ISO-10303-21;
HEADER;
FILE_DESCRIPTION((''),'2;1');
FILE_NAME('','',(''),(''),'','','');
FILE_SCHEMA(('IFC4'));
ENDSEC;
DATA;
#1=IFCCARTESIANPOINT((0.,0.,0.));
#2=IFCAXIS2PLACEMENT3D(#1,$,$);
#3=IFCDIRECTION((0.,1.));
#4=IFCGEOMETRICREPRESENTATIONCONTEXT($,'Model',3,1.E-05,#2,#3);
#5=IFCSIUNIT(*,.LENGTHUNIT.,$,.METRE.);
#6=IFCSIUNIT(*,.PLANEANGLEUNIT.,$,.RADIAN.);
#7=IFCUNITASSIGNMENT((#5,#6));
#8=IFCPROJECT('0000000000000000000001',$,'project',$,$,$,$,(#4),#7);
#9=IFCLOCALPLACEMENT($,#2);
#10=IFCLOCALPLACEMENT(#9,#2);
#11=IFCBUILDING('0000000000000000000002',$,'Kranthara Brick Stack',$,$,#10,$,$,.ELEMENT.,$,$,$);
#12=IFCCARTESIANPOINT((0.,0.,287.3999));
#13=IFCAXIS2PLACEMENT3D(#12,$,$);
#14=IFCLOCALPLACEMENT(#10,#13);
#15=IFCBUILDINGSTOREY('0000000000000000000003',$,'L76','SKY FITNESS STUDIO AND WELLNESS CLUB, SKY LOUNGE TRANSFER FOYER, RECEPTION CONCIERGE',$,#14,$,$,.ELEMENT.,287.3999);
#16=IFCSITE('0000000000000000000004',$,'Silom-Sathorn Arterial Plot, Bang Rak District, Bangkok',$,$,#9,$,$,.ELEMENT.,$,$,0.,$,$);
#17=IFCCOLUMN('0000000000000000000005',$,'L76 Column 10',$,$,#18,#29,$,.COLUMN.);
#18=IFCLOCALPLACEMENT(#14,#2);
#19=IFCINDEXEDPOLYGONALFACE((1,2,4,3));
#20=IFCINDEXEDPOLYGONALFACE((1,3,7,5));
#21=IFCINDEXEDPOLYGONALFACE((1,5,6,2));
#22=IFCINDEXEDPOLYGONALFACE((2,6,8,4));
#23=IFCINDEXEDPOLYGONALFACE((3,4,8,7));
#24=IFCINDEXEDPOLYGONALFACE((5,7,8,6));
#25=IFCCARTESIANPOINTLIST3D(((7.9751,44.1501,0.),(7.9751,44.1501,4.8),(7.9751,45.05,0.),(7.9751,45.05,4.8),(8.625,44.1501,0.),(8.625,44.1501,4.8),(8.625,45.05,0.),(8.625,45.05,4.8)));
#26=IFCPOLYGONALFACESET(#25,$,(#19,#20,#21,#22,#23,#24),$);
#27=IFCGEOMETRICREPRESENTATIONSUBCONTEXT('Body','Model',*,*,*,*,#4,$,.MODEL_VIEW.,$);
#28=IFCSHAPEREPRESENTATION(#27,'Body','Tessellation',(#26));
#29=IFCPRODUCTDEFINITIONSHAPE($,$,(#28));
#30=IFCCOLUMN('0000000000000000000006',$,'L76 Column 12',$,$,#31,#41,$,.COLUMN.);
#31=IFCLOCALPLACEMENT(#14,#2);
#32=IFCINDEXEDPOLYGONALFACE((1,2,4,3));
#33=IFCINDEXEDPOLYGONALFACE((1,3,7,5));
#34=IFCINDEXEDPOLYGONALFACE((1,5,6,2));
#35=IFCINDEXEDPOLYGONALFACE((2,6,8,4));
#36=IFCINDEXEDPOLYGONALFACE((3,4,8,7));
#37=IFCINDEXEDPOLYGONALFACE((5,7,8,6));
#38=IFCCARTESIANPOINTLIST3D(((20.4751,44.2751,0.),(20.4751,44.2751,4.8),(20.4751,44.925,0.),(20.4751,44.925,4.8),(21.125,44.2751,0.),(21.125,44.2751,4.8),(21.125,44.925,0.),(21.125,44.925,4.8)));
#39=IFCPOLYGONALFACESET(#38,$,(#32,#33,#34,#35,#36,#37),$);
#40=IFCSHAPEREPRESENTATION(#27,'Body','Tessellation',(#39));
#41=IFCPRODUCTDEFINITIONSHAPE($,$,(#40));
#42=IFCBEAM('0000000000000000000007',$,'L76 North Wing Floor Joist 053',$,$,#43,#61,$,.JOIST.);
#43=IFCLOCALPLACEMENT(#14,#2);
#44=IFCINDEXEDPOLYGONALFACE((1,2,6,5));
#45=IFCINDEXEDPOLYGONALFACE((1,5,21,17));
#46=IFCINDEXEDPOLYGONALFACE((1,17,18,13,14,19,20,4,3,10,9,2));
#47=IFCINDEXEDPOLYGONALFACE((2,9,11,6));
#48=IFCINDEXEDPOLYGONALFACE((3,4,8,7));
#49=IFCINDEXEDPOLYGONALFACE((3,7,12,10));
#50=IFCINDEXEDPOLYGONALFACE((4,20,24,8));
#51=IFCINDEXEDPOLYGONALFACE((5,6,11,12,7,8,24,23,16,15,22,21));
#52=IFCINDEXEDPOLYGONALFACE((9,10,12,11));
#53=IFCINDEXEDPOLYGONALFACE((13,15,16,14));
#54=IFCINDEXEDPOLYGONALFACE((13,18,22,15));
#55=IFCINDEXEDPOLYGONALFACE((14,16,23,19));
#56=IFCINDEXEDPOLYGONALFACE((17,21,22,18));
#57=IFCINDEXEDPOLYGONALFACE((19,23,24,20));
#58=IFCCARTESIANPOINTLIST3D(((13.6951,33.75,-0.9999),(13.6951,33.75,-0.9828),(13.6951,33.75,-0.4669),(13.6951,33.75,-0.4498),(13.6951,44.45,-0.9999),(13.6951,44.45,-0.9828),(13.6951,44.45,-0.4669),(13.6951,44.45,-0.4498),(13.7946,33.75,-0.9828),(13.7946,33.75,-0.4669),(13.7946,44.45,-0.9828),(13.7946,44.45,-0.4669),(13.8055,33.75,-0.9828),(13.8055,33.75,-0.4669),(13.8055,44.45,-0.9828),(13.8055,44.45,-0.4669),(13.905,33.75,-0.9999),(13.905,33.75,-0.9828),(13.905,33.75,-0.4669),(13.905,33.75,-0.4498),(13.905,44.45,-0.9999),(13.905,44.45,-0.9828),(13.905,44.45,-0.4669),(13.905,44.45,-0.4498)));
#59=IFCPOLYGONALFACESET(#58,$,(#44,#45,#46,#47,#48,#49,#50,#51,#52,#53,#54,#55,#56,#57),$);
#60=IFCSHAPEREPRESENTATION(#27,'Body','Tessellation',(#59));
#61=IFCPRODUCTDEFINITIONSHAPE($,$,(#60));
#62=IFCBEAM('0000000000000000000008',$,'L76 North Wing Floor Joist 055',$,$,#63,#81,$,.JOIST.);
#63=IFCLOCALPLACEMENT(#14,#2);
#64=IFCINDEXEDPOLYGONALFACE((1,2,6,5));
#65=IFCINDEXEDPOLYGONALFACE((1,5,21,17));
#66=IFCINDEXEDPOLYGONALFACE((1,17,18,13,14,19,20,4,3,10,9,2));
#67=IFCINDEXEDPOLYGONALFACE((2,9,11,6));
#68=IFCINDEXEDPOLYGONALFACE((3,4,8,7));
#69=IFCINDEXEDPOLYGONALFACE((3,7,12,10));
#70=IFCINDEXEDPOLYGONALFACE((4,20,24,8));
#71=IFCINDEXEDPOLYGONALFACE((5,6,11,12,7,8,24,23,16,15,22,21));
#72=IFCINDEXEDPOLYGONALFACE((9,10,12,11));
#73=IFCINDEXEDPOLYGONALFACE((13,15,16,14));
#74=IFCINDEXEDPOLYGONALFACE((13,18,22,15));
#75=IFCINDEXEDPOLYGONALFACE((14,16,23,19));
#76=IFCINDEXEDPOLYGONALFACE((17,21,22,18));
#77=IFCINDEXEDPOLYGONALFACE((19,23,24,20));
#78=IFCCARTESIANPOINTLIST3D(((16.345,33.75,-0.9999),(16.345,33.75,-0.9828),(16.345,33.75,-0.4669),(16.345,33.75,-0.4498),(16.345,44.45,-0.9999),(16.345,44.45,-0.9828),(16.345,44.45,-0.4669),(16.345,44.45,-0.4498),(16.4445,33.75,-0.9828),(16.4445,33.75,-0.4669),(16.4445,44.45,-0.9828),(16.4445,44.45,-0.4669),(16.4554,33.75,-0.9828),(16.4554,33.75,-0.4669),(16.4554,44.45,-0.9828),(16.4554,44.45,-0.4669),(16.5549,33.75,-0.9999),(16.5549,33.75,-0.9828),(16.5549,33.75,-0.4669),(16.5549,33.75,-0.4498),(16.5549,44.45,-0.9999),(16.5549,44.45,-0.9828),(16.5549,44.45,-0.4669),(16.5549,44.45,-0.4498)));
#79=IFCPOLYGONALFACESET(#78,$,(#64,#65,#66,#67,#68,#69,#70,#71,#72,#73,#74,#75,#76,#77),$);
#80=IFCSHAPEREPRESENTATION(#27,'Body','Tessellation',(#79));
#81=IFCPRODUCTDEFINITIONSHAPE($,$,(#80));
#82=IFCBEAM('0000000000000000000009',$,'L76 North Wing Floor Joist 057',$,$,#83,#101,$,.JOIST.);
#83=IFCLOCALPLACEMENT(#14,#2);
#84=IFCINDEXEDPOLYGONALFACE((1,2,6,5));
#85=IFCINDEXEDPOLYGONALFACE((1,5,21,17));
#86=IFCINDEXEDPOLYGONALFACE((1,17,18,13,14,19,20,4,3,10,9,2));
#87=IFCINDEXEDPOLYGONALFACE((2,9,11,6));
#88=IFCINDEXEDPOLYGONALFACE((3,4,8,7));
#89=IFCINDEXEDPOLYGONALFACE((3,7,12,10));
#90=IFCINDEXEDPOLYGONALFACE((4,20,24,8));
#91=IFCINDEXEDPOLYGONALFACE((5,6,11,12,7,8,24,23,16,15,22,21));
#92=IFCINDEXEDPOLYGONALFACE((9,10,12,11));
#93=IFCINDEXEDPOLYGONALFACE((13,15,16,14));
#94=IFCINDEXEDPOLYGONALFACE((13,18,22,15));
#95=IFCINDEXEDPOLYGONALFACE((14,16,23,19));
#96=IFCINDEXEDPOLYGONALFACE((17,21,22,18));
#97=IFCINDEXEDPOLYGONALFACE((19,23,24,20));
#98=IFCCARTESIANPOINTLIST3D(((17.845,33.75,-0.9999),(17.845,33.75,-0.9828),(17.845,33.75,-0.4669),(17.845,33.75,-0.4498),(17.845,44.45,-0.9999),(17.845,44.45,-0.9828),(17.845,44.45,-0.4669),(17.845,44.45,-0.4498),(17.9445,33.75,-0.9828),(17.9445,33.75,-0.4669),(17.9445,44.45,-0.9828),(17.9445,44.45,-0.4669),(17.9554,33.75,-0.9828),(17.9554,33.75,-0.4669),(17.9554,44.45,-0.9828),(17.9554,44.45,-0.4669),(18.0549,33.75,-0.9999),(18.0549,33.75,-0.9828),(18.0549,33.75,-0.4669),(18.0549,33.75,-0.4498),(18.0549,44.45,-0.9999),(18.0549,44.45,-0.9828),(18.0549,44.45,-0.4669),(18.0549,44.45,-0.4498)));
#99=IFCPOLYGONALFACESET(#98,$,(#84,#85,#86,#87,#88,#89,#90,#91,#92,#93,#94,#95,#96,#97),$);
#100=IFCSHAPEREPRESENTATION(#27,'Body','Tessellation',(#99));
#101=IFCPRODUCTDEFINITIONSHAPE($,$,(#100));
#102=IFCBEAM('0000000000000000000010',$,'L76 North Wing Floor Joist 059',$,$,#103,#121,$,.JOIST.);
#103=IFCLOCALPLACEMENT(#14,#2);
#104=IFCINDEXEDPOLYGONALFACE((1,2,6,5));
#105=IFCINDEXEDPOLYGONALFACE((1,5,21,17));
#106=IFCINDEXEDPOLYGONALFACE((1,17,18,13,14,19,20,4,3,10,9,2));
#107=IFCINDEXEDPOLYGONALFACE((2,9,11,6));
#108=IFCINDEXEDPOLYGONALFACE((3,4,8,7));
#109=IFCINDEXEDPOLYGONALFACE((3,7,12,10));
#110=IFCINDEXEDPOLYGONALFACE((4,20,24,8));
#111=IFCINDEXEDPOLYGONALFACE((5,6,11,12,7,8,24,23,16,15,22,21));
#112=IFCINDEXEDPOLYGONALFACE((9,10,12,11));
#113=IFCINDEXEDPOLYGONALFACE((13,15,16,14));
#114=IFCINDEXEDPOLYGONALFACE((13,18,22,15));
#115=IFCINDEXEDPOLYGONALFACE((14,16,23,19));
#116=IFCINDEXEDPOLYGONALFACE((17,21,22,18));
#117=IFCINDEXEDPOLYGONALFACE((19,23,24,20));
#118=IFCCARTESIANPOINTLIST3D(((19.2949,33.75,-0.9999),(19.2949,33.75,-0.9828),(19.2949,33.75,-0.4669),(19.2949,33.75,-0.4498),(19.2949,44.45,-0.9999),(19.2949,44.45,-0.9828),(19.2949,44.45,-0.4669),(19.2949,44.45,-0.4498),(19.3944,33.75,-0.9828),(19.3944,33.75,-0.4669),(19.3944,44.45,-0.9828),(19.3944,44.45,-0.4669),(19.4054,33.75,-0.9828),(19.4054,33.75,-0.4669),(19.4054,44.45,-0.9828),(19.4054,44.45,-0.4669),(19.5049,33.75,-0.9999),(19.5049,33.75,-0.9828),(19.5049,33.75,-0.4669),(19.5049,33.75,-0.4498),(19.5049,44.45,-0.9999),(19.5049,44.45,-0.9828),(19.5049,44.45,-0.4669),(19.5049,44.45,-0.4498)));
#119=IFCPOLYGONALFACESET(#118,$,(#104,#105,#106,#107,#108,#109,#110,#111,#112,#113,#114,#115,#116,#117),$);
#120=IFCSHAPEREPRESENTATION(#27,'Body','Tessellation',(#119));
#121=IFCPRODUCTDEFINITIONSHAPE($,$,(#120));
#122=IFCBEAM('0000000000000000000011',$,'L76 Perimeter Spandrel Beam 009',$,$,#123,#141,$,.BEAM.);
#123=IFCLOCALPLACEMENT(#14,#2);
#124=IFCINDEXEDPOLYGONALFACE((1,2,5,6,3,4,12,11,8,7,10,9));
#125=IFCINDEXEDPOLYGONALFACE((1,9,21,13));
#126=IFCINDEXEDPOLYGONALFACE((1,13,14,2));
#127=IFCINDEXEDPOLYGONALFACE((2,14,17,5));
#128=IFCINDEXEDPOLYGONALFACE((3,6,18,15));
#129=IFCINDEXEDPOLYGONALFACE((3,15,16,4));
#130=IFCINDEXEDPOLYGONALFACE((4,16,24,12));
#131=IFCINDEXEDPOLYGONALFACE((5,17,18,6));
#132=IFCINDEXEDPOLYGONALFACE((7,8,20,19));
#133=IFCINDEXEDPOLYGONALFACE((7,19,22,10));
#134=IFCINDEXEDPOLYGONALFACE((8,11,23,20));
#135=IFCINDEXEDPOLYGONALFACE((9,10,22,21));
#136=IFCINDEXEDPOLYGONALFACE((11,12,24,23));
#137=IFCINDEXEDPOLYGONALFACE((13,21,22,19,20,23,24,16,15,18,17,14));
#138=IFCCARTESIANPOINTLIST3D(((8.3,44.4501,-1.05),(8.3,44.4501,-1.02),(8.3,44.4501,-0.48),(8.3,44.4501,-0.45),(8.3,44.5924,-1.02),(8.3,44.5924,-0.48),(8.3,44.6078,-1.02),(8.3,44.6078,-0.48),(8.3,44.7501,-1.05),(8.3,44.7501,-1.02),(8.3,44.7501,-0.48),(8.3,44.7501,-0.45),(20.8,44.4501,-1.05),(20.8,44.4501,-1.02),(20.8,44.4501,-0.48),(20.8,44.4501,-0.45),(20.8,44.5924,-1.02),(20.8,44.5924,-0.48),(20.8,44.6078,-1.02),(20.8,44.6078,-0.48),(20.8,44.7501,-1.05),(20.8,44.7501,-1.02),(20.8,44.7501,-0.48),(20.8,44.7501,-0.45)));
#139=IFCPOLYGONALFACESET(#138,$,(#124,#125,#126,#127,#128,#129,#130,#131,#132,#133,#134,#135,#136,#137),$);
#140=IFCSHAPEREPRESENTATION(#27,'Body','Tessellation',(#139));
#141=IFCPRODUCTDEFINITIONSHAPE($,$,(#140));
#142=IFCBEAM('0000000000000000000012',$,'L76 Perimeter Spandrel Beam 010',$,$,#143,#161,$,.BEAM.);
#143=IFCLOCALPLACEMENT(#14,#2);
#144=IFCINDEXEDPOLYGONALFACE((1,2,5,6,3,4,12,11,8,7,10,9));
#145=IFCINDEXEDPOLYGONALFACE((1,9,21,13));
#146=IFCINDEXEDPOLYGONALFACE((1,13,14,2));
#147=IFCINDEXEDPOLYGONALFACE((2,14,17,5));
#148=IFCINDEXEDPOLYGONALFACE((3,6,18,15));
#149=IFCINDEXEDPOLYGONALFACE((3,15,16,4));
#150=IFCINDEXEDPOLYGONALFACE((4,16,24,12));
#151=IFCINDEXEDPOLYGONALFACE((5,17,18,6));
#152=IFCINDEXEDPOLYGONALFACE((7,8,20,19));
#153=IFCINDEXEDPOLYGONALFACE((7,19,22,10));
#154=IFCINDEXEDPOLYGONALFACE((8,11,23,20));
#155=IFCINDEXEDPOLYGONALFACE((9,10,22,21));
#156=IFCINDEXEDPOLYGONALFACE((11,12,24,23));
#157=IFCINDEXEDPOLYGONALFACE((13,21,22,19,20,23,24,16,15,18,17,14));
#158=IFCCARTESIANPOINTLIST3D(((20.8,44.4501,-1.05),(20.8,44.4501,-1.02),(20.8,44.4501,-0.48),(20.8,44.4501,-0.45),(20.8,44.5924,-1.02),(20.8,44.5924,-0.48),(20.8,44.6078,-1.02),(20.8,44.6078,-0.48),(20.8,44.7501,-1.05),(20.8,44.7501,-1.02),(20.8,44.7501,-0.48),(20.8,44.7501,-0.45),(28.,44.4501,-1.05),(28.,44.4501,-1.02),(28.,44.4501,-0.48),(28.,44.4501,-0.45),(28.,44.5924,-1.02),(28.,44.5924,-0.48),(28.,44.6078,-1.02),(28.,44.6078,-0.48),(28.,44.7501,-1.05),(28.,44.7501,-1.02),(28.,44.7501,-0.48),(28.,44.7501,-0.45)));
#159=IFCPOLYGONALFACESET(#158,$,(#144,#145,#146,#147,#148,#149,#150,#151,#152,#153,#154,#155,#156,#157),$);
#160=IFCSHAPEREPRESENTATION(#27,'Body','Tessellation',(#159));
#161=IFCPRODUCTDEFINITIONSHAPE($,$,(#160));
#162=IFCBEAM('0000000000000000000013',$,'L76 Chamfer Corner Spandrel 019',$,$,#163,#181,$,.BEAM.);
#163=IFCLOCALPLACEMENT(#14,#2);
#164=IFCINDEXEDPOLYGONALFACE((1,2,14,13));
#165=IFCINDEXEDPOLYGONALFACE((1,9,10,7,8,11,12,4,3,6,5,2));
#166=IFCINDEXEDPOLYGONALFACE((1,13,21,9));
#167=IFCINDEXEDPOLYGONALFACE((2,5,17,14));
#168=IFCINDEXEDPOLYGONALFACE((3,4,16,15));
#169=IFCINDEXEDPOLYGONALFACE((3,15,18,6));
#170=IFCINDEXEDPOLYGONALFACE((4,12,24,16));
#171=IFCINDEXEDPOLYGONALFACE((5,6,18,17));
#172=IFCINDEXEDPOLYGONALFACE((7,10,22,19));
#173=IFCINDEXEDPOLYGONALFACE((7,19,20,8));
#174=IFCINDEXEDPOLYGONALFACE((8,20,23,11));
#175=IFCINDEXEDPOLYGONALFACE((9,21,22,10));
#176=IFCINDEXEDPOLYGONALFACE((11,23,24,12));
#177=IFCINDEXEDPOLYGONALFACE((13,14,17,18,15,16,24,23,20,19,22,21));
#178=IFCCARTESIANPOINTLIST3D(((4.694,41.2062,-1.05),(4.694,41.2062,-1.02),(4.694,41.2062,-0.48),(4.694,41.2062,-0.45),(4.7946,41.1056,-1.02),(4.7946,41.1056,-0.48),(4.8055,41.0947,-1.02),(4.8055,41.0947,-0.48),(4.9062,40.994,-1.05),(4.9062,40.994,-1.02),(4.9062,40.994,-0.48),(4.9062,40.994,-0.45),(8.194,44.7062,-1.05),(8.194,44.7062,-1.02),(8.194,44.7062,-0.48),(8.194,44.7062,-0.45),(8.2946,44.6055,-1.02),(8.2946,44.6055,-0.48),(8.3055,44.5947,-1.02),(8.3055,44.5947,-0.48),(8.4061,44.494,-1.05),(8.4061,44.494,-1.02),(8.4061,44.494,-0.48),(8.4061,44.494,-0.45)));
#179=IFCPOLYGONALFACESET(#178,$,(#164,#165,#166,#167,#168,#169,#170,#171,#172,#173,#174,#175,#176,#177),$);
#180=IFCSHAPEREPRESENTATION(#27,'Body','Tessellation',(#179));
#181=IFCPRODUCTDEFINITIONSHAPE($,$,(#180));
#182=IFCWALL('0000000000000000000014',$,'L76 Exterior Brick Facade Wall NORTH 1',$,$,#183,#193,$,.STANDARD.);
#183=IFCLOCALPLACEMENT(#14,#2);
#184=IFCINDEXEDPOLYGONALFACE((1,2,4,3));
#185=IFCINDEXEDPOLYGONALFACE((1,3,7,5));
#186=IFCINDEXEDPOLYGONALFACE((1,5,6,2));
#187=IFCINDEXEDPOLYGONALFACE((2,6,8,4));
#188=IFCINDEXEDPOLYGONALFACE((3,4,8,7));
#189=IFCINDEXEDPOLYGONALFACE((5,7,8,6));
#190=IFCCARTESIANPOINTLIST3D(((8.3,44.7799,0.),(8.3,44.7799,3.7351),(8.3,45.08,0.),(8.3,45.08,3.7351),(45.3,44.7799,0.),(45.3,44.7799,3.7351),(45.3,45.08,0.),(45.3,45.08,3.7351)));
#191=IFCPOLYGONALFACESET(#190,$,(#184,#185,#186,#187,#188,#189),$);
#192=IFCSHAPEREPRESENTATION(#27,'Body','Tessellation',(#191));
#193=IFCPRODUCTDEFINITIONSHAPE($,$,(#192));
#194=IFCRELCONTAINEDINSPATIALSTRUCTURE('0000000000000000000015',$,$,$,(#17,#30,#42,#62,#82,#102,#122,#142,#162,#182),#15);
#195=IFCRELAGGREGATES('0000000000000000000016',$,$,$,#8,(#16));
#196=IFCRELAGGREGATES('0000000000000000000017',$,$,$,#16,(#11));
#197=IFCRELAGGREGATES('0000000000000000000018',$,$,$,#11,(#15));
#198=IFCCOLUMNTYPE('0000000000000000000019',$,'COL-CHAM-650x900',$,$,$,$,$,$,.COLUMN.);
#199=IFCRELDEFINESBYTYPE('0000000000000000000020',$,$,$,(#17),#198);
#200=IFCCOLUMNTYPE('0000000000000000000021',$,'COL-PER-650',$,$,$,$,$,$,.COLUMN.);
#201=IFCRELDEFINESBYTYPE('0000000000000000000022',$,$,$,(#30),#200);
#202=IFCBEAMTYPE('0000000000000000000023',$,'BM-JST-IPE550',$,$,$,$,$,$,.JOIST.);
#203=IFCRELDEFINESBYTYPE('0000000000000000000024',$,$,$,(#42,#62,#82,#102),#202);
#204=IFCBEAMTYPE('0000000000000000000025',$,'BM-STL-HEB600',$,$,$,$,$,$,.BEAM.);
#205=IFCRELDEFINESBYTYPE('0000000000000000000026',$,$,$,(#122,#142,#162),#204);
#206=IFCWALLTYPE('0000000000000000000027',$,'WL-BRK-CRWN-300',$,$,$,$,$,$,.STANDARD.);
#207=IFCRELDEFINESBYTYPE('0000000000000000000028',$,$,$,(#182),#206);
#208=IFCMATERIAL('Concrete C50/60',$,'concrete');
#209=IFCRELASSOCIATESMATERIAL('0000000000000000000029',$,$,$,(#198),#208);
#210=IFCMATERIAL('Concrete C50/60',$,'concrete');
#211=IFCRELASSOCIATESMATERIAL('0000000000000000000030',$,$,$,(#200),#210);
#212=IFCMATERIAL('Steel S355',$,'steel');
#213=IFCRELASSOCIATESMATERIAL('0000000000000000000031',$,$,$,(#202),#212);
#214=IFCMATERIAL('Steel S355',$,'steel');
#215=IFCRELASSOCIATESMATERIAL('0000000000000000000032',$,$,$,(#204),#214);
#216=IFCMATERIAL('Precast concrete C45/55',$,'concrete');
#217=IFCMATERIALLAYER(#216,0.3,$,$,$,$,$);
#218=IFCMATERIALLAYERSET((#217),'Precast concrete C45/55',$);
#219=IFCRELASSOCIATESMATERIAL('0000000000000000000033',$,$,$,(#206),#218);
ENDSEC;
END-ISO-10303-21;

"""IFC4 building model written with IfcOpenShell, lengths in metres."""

from ifc_helpers import new_model, si_unit, direction, frame, frame_2d, origin, origin_2d, place, context, subcontext, project, spatial, rectangle, i_section, extrude, material, layer, layer_set, material_profile, profile_set, type_object, element, save


model = new_model("IFC4")

# Units and contexts
model_context = context("Model", 3, precision=1e-05, world=origin(), true_north=direction((0.0, 1.0)))
body_context = subcontext(model_context, "Body", "Model", "MODEL_VIEW")
ifc_project = project(units=[si_unit("LENGTHUNIT", "METRE"), si_unit("PLANEANGLEUNIT", "RADIAN")], contexts=[model_context])

# Site, building, storey
site_placement = place(None, origin())
site = spatial("IfcSite", under=ifc_project, at=site_placement, Name="Silom-Sathorn Arterial Plot, Bang Rak District, Bangkok", CompositionType="ELEMENT", RefElevation=0.0)
building_placement = place(site_placement, origin())
building = spatial("IfcBuilding", under=site, at=building_placement, Name="Kranthara Brick Stack", CompositionType="ELEMENT")
storey_placement = place(building_placement, frame((0.0, 0.0, 287.3999)))
storey = spatial("IfcBuildingStorey", under=building, at=storey_placement, Name="L76", Description="SKY FITNESS STUDIO AND WELLNESS CLUB, SKY LOUNGE TRANSFER FOYER, RECEPTION CONCIERGE", CompositionType="ELEMENT", Elevation=287.3999)

# Columns
ifc_material_1 = material(Name="Concrete C50/60", Category="concrete")
ifc_material_profile_1 = material_profile(ifc_material_1, rectangle(XDim=0.6499, YDim=0.8999, at=origin_2d()), Name="RC 650x900")
ifc_profile_set_1 = profile_set([ifc_material_profile_1], Name="Concrete C50/60")
column_type_1 = type_object("IfcColumnType", Name="COL-CHAM-650x900", PredefinedType="COLUMN", material=ifc_profile_set_1)
column_1_placement = place(storey_placement, frame((8.3, 44.6001, 0.0), z_axis=(0.0, 0.0, 1.0), x_axis=(1.0, 0.0, 0.0)))
element("IfcColumn", 1, at=column_1_placement, inside=storey, type_object=column_type_1, Name="L76 Column 10", PredefinedType="COLUMN", context=body_context, shape_type="SweptSolid", body=[
    extrude(rectangle(XDim=0.6499, YDim=0.8999, at=origin_2d()), origin(), (0.0, 0.0, 1.0), 4.8),
])
ifc_material_2 = material(Name="Concrete C50/60", Category="concrete")
ifc_material_profile_2 = material_profile(ifc_material_2, rectangle(XDim=0.6499, YDim=0.6499, at=origin_2d()), Name="RC 650x650")
ifc_profile_set_2 = profile_set([ifc_material_profile_2], Name="Concrete C50/60")
column_type_2 = type_object("IfcColumnType", Name="COL-PER-650", PredefinedType="COLUMN", material=ifc_profile_set_2)
column_2_placement = place(storey_placement, frame((20.8, 44.6001, 0.0), z_axis=(0.0, 0.0, 1.0), x_axis=(1.0, 0.0, 0.0)))
element("IfcColumn", 2, at=column_2_placement, inside=storey, type_object=column_type_2, Name="L76 Column 12", PredefinedType="COLUMN", context=body_context, shape_type="SweptSolid", body=[
    extrude(rectangle(XDim=0.6499, YDim=0.6499, at=origin_2d()), origin(), (0.0, 0.0, 1.0), 4.8),
])

# Beams
ifc_material_3 = material(Name="Steel S355", Category="steel")
ifc_material_profile_3 = material_profile(ifc_material_3, i_section(OverallWidth=0.21, OverallDepth=0.55, WebThickness=0.011, FlangeThickness=0.0171, at=origin_2d()), Name="IPE 550")
ifc_profile_set_3 = profile_set([ifc_material_profile_3], Name="Steel S355")
beam_type_1 = type_object("IfcBeamType", Name="BM-JST-IPE550", PredefinedType="JOIST", material=ifc_profile_set_3)
for number, where, z_axis, x_axis, name in (
    (3, (13.8, 33.75, -0.7249), (0.0, 1.0, 0.0), (-1.0, 0.0, 0.0), "L76 North Wing Floor Joist 053"),
    (4, (16.45, 33.75, -0.7249), (0.0, 1.0, 0.0), (-1.0, 0.0, 0.0), "L76 North Wing Floor Joist 055"),
    (5, (17.95, 33.75, -0.7249), (0.0, 1.0, 0.0), (-1.0, 0.0, 0.0), "L76 North Wing Floor Joist 057"),
    (6, (19.3999, 33.75, -0.7249), (0.0, 1.0, 0.0), (-1.0, 0.0, 0.0), "L76 North Wing Floor Joist 059"),
):
    element("IfcBeam", number, at=place(storey_placement, frame(where, z_axis=z_axis, x_axis=x_axis)), inside=storey, type_object=beam_type_1, Name=name, PredefinedType="JOIST", context=body_context, shape_type="SweptSolid", body=[
        extrude(i_section(OverallWidth=0.21, OverallDepth=0.55, WebThickness=0.011, FlangeThickness=0.0171, at=origin_2d()), origin(), (0.0, 0.0, 1.0), 10.7),
    ])
ifc_material_4 = material(Name="Steel S355", Category="steel")
ifc_material_profile_4 = material_profile(ifc_material_4, i_section(OverallWidth=0.3, OverallDepth=0.6001, WebThickness=0.0154, FlangeThickness=0.03, at=origin_2d()), Name="HEB 600")
ifc_profile_set_4 = profile_set([ifc_material_profile_4], Name="Steel S355")
beam_type_2 = type_object("IfcBeamType", Name="BM-STL-HEB600", PredefinedType="BEAM", material=ifc_profile_set_4)
beam_1_placement = place(storey_placement, frame((8.3, 44.6001, -0.75), z_axis=(1.0, 0.0, 0.0), x_axis=(0.0, 1.0, 0.0)))
element("IfcBeam", 7, at=beam_1_placement, inside=storey, type_object=beam_type_2, Name="L76 Perimeter Spandrel Beam 009", PredefinedType="BEAM", context=body_context, shape_type="SweptSolid", body=[
    extrude(i_section(OverallWidth=0.3, OverallDepth=0.6001, WebThickness=0.0154, FlangeThickness=0.03, at=origin_2d()), origin(), (0.0, 0.0, 1.0), 12.5),
])
beam_2_placement = place(storey_placement, frame((20.8, 44.6001, -0.75), z_axis=(1.0, 0.0, 0.0), x_axis=(0.0, 1.0, 0.0)))
element("IfcBeam", 8, at=beam_2_placement, inside=storey, type_object=beam_type_2, Name="L76 Perimeter Spandrel Beam 010", PredefinedType="BEAM", context=body_context, shape_type="SweptSolid", body=[
    extrude(i_section(OverallWidth=0.3, OverallDepth=0.6001, WebThickness=0.0154, FlangeThickness=0.03, at=origin_2d()), origin(), (0.0, 0.0, 1.0), 7.2),
])
beam_3_placement = place(storey_placement, frame((8.3, 44.6001, -0.75), z_axis=(-0.707107, -0.707107, 0.0), x_axis=(0.707107, -0.707107, 0.0)))
element("IfcBeam", 9, at=beam_3_placement, inside=storey, type_object=beam_type_2, Name="L76 Chamfer Corner Spandrel 019", PredefinedType="BEAM", context=body_context, shape_type="SweptSolid", body=[
    extrude(i_section(OverallWidth=0.3, OverallDepth=0.6001, WebThickness=0.0154, FlangeThickness=0.03, at=origin_2d()), origin(), (0.0, 0.0, 1.0), 4.9497),
])

# Wall
ifc_material_5 = material(Name="Precast concrete C45/55", Category="concrete")
ifc_layer_1 = layer(ifc_material_5, 0.3)
ifc_layer_set_1 = layer_set([ifc_layer_1], Name="Precast concrete C45/55")
wall_type_1 = type_object("IfcWallType", Name="WL-BRK-CRWN-300", PredefinedType="STANDARD", material=ifc_layer_set_1)
wall_1_placement = place(storey_placement, frame((8.3, 44.9299, 0.0), z_axis=(0.0, 0.0, 1.0), x_axis=(1.0, 0.0, 0.0)))
element("IfcWall", 10, at=wall_1_placement, inside=storey, type_object=wall_type_1, Name="L76 Exterior Brick Facade Wall NORTH 1", PredefinedType="STANDARD", context=body_context, shape_type="SweptSolid", body=[
    extrude(rectangle(XDim=37.0, YDim=0.3, at=frame_2d((18.5, 0.0))), origin(), (0.0, 0.0, 1.0), 3.7351),
])

save(model, "model.ifc")
